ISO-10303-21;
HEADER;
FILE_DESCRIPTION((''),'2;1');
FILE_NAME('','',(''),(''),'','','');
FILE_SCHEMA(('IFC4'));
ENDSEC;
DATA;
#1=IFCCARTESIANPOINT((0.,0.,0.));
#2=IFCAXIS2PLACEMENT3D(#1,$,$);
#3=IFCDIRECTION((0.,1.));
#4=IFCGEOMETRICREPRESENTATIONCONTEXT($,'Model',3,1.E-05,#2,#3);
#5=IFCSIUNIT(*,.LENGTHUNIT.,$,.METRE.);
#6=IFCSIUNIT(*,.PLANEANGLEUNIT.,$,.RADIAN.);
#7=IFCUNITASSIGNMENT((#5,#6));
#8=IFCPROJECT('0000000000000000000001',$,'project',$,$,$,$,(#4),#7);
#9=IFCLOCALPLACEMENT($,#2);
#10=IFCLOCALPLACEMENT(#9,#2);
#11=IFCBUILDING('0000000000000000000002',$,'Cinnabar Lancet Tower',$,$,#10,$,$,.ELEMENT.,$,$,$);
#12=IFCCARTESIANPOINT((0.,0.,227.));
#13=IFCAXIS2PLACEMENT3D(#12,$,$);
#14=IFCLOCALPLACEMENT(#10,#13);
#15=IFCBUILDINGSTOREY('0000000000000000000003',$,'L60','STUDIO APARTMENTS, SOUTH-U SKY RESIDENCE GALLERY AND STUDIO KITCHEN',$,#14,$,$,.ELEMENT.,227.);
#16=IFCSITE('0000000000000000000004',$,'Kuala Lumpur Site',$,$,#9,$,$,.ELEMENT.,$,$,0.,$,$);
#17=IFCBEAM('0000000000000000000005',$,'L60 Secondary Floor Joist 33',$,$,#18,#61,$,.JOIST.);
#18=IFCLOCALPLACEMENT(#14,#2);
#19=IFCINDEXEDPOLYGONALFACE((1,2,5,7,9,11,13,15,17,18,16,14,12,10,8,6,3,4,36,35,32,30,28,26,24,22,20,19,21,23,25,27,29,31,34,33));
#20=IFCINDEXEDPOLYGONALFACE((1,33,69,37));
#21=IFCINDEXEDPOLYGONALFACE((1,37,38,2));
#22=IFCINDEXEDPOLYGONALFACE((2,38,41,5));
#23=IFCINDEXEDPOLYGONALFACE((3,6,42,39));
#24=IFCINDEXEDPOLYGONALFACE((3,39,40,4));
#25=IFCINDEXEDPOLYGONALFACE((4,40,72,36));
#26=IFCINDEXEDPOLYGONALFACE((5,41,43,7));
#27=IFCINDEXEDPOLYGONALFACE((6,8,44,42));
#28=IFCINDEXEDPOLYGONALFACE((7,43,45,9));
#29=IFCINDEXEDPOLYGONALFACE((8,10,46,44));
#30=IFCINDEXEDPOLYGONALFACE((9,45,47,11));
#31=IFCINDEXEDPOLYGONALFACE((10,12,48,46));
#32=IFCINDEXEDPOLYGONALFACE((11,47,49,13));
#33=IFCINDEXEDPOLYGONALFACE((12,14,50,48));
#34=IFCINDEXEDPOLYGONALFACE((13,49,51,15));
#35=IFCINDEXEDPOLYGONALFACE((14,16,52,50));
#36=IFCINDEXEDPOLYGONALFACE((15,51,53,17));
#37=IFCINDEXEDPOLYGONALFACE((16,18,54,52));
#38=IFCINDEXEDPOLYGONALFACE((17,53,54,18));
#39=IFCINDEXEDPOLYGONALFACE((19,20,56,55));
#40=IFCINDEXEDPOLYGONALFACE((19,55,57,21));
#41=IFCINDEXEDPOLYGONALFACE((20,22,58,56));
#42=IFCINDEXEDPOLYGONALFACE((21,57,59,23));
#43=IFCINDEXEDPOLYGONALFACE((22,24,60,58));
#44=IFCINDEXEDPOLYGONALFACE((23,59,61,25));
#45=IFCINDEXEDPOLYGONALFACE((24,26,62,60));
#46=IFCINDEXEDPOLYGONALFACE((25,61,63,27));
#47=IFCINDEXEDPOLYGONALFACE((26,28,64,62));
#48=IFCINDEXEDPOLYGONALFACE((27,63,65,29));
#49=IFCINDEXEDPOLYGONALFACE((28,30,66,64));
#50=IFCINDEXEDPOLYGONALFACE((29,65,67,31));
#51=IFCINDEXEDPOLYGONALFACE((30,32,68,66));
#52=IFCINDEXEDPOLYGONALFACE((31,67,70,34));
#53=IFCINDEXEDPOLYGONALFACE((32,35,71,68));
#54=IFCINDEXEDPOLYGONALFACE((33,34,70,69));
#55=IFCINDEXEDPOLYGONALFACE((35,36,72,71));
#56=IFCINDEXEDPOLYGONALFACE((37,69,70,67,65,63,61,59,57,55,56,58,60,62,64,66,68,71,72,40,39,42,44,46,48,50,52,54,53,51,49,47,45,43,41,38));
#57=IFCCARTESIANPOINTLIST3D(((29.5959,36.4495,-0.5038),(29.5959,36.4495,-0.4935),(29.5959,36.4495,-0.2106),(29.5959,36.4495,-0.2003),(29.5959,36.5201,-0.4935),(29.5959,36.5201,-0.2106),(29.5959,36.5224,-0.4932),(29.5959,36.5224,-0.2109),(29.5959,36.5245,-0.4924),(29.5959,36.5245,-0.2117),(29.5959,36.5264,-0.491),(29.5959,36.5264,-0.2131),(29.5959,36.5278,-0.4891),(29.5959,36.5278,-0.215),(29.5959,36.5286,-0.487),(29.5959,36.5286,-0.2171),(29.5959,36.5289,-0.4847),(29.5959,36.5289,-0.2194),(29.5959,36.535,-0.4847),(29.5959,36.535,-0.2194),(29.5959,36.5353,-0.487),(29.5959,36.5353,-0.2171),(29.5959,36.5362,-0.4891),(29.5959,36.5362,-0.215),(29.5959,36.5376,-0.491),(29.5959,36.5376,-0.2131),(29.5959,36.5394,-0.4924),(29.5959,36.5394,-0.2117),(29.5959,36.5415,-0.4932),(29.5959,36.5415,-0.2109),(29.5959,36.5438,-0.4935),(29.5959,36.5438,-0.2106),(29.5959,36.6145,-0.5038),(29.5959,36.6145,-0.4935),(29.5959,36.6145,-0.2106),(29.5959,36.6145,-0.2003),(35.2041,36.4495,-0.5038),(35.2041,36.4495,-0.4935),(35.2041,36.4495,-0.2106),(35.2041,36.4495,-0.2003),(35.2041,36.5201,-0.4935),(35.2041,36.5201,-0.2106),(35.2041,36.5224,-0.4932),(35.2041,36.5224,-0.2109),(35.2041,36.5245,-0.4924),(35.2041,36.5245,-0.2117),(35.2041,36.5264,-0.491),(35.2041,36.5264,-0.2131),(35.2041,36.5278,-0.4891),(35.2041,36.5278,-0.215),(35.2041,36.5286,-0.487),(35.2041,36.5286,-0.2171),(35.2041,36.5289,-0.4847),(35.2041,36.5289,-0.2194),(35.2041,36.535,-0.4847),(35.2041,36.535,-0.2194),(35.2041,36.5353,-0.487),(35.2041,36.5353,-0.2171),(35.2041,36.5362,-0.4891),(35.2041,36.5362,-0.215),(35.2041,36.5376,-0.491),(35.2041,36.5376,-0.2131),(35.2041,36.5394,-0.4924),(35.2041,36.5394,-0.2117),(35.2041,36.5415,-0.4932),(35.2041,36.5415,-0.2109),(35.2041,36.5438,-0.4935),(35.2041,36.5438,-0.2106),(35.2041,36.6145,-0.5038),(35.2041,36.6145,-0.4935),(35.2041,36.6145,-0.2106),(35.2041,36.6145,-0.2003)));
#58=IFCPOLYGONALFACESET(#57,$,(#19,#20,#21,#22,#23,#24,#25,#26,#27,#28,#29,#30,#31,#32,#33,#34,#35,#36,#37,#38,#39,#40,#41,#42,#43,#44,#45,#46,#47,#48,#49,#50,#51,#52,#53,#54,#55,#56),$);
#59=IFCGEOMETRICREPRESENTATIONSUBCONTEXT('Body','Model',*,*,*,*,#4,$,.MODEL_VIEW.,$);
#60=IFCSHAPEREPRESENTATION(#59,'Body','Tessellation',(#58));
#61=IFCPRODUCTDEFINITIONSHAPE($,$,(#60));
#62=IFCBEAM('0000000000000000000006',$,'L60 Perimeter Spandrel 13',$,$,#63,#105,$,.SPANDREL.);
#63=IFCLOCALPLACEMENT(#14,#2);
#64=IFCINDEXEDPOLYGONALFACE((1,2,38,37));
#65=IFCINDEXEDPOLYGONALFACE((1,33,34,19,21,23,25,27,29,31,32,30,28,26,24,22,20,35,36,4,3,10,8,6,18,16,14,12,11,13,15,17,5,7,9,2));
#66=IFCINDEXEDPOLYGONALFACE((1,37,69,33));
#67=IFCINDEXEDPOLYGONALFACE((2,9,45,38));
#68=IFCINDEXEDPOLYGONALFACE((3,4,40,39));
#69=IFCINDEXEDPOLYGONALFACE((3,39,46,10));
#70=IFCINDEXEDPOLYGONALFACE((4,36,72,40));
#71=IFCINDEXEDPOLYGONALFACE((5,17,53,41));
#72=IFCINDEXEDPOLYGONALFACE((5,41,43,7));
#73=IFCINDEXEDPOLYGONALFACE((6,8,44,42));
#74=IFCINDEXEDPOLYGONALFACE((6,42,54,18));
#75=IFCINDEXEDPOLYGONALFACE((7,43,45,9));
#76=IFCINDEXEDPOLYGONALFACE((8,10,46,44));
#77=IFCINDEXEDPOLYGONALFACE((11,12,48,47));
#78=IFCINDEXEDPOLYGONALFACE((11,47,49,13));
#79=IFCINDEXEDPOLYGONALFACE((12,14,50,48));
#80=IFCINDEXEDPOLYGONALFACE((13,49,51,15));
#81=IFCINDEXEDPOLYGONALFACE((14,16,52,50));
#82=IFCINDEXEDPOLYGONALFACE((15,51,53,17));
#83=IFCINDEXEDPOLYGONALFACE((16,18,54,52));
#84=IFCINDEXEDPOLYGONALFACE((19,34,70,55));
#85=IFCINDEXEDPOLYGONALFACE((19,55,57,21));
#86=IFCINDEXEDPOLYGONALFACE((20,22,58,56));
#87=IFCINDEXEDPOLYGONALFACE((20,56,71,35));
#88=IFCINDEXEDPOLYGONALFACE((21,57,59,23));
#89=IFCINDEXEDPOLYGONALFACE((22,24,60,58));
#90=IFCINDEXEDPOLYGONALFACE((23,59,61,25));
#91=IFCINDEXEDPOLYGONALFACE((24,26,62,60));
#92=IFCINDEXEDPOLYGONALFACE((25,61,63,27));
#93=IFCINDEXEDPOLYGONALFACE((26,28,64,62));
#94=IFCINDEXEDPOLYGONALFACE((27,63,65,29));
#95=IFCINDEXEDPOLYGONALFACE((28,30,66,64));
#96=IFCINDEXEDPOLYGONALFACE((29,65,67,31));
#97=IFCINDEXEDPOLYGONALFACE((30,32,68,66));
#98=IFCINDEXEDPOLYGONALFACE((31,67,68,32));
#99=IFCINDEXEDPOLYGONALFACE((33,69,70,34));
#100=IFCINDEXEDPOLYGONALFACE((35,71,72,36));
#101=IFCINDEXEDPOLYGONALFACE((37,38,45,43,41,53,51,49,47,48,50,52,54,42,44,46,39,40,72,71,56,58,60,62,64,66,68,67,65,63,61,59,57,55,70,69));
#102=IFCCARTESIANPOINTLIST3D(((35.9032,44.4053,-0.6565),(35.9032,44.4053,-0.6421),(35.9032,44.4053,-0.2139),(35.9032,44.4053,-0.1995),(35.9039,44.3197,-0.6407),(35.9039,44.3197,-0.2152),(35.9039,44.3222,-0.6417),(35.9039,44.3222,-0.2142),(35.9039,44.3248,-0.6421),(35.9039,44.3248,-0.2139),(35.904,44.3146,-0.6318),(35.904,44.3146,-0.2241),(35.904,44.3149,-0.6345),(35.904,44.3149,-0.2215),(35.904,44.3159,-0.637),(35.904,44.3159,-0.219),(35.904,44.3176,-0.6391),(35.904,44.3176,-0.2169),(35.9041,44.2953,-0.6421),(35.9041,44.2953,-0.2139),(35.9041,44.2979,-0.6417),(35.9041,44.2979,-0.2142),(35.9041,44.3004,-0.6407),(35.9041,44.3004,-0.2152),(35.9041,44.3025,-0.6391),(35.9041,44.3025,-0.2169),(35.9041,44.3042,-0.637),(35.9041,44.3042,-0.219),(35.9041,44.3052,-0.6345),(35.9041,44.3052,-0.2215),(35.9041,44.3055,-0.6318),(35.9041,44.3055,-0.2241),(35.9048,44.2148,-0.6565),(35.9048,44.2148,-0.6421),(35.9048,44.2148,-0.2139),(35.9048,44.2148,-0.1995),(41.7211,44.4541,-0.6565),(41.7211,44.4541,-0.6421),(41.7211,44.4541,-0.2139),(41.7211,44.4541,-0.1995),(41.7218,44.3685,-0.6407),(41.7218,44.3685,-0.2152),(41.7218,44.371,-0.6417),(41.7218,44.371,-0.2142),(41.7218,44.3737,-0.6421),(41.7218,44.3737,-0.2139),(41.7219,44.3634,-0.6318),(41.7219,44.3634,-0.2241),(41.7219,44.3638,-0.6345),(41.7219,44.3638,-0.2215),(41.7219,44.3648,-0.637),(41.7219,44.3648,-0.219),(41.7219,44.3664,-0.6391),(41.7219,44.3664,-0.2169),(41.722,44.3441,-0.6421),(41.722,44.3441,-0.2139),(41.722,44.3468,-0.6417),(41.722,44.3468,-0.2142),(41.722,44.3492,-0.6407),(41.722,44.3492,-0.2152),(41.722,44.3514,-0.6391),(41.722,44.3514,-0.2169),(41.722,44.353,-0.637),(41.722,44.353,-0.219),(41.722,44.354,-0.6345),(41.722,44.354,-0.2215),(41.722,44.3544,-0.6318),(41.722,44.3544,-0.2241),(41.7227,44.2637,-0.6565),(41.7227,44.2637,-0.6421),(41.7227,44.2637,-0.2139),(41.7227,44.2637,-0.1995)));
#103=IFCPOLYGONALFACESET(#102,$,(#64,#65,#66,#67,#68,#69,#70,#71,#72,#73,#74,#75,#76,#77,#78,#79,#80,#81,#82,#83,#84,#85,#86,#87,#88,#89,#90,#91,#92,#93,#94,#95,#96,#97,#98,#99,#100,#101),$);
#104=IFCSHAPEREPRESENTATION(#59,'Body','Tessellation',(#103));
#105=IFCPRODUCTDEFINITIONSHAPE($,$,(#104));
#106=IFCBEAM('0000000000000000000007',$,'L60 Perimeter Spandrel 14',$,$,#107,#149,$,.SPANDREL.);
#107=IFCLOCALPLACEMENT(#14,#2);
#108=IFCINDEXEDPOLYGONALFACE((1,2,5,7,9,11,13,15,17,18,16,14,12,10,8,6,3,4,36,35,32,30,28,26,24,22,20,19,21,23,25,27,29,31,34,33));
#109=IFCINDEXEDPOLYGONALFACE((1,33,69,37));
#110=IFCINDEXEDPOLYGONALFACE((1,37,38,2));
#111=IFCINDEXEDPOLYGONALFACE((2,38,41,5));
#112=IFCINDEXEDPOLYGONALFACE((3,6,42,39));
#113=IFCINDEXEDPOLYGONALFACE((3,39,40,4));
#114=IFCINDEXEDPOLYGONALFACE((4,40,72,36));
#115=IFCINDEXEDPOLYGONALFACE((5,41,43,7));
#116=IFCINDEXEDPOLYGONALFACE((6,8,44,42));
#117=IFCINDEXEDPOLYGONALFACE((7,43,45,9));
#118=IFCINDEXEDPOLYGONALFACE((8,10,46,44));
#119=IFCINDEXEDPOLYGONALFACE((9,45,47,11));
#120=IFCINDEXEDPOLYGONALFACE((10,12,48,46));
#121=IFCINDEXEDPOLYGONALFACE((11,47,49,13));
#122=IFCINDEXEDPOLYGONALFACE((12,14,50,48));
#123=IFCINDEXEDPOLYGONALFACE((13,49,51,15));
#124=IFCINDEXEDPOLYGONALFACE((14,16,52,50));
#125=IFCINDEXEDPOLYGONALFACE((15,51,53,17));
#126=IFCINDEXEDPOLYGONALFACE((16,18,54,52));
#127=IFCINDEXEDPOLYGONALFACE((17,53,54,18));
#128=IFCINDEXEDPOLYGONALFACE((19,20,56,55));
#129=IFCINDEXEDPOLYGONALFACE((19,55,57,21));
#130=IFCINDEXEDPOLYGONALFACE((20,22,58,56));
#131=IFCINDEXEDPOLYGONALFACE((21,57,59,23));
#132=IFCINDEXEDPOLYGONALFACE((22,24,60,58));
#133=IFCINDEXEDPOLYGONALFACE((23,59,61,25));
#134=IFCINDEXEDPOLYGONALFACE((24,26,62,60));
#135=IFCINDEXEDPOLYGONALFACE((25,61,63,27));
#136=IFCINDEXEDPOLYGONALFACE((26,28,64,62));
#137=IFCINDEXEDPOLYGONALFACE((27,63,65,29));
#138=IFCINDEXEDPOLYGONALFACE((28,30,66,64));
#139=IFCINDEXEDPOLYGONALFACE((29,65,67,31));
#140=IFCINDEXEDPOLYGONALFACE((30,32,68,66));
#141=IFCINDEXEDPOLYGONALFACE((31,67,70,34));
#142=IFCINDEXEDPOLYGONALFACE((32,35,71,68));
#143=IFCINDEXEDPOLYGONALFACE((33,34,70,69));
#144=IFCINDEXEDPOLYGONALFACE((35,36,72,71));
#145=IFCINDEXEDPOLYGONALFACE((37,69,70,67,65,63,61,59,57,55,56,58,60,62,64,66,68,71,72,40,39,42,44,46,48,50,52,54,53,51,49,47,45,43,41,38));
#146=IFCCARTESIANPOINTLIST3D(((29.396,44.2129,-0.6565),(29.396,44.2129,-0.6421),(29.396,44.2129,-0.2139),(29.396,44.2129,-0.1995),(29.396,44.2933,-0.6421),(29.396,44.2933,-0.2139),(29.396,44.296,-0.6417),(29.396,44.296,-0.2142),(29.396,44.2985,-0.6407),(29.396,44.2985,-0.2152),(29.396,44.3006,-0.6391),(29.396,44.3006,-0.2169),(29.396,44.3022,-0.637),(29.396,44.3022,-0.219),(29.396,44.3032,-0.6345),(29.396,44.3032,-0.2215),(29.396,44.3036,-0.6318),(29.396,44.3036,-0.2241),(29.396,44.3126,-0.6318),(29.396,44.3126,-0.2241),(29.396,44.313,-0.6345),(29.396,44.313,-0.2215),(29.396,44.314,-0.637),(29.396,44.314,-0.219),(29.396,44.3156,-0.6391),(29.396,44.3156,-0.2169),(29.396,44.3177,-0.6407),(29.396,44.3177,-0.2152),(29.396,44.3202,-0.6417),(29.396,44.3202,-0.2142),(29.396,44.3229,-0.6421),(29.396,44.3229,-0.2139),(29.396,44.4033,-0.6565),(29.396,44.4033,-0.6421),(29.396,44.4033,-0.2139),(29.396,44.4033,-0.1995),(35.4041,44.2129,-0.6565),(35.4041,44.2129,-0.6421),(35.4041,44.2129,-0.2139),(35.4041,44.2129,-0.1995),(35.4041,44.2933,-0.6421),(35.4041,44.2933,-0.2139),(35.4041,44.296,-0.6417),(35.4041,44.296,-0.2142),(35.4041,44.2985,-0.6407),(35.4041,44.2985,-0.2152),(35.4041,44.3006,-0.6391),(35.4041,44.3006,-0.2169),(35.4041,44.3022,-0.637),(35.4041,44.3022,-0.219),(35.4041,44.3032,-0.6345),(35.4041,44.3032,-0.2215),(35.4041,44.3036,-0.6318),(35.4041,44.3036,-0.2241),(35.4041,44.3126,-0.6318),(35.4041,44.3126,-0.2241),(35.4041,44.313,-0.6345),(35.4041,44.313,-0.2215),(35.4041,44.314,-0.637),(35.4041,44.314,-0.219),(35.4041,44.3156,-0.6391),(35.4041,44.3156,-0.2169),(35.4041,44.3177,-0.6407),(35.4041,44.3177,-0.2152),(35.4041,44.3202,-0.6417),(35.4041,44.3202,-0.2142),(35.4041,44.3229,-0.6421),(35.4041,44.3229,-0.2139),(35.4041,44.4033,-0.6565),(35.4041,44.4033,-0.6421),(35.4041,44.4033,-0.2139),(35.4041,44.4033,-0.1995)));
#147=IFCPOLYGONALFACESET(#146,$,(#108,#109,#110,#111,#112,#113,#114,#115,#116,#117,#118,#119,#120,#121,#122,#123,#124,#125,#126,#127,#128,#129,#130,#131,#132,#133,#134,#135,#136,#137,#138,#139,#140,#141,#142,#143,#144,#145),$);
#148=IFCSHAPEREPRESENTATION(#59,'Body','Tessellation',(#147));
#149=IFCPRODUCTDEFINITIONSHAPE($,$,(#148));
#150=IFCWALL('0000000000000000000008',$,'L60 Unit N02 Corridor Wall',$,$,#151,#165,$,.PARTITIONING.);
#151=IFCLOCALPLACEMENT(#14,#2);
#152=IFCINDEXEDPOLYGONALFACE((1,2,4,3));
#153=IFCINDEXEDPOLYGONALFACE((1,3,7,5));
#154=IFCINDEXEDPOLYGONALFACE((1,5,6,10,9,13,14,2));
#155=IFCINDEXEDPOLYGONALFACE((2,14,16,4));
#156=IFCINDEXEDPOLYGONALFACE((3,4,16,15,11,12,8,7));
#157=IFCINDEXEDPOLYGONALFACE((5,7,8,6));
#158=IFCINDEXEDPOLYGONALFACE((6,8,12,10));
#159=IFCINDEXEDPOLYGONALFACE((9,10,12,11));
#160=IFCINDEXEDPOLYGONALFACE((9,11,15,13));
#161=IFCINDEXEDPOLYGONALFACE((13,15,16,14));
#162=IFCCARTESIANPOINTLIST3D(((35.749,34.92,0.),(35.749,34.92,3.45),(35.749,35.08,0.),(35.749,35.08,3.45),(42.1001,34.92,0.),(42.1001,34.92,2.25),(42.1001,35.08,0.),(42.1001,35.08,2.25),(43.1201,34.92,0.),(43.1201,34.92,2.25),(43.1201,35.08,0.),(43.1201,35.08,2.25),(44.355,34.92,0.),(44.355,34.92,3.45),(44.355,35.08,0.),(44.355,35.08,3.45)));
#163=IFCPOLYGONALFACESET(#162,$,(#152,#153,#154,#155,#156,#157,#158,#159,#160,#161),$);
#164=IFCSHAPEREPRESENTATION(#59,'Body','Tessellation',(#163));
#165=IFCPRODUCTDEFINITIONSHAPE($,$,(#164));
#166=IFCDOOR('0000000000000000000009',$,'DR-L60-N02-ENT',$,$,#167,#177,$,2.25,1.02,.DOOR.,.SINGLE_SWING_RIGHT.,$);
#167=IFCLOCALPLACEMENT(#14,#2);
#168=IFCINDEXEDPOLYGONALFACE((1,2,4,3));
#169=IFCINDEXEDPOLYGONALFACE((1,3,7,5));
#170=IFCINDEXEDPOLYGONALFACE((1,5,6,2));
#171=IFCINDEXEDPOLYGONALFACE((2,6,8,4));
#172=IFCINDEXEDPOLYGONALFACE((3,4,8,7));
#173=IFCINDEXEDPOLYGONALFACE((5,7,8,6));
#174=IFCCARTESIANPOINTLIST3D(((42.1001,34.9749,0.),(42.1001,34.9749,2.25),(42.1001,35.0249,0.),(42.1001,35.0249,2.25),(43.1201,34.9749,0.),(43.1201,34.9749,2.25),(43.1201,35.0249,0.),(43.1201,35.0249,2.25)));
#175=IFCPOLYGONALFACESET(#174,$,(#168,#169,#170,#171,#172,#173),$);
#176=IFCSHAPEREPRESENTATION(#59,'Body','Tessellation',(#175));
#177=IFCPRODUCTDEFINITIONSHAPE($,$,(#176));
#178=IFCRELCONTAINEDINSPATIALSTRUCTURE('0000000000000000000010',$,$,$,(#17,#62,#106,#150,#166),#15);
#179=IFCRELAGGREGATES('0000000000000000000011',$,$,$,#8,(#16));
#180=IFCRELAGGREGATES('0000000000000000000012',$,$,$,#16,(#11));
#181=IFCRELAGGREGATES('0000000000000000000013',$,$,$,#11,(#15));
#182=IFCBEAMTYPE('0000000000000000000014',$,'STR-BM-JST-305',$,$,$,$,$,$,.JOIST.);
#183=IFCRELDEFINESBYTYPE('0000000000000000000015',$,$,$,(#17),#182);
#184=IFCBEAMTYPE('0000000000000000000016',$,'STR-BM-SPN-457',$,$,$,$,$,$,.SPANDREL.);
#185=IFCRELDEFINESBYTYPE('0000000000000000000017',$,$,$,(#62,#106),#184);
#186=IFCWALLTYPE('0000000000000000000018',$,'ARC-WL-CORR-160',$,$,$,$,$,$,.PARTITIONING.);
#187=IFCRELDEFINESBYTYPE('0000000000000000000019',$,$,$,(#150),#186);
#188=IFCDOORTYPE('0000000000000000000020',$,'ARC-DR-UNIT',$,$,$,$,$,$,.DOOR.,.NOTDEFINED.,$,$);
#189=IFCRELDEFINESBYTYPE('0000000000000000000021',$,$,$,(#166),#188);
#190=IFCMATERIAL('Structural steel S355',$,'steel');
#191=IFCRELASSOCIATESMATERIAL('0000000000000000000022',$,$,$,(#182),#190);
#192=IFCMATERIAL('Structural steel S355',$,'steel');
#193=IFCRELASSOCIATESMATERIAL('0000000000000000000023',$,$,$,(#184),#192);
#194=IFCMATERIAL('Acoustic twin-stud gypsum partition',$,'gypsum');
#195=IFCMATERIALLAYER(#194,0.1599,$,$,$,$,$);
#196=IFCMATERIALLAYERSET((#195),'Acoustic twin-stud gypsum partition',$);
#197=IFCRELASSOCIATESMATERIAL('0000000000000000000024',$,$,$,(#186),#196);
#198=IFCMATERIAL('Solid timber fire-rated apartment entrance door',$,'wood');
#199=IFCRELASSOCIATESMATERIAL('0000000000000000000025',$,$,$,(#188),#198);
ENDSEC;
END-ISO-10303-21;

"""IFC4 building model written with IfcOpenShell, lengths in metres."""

from ifc_helpers import new_model, si_unit, direction, frame, frame_2d, origin, origin_2d, place, context, subcontext, project, spatial, rectangle, i_section, extrude, material, layer, layer_set, material_profile, profile_set, type_object, element, fill, save


model = new_model("IFC4")

# Units and contexts
model_context = context("Model", 3, precision=1e-05, world=origin(), true_north=direction((0.0, 1.0)))
body_context = subcontext(model_context, "Body", "Model", "MODEL_VIEW")
ifc_project = project(units=[si_unit("LENGTHUNIT", "METRE"), si_unit("PLANEANGLEUNIT", "RADIAN")], contexts=[model_context])

# Site, building, storey
site_placement = place(None, origin())
site = spatial("IfcSite", under=ifc_project, at=site_placement, Name="Kuala Lumpur Site", CompositionType="ELEMENT", RefElevation=0.0)
building_placement = place(site_placement, origin())
building = spatial("IfcBuilding", under=site, at=building_placement, Name="Cinnabar Lancet Tower", CompositionType="ELEMENT")
storey_placement = place(building_placement, frame((0.0, 0.0, 227.0)))
storey = spatial("IfcBuildingStorey", under=building, at=storey_placement, Name="L60", Description="STUDIO APARTMENTS, SOUTH-U SKY RESIDENCE GALLERY AND STUDIO KITCHEN", CompositionType="ELEMENT", Elevation=227.0)

# Beams
ifc_material_1 = material(Name="Structural steel S355", Category="steel")
ifc_material_profile_1 = material_profile(ifc_material_1, i_section(OverallWidth=0.165, OverallDepth=0.3035, WebThickness=0.0061, FlangeThickness=0.0103, FilletRadius=0.0088, at=origin_2d()), Name="UKB 305x165x40")
ifc_profile_set_1 = profile_set([ifc_material_profile_1], Name="Structural steel S355")
beam_type_1 = type_object("IfcBeamType", Name="STR-BM-JST-305", PredefinedType="JOIST", material=ifc_profile_set_1)
for number, where, z_axis, x_axis, name in (
    (1, (35.2041, 36.532, -0.3521), (-1.0, 0.0, 0.0), (0.0, -1.0, 0.0), "L60 Secondary Floor Joist 33"),
):
    element("IfcBeam", number, at=place(storey_placement, frame(where, z_axis=z_axis, x_axis=x_axis)), inside=storey, type_object=beam_type_1, Name=name, PredefinedType="JOIST", context=body_context, shape_type="SweptSolid", body=[
        extrude(i_section(OverallWidth=0.165, OverallDepth=0.3035, WebThickness=0.0061, FlangeThickness=0.0103, FilletRadius=0.0088, at=origin_2d()), origin(), (0.0, 0.0, 1.0), 5.6082),
    ])
ifc_material_2 = material(Name="Structural steel S355", Category="steel")
ifc_material_profile_2 = material_profile(ifc_material_2, i_section(OverallWidth=0.1904, OverallDepth=0.457, WebThickness=0.009, FlangeThickness=0.0144, FilletRadius=0.0103, at=origin_2d()), Name="UKB 457x191x74")
ifc_profile_set_2 = profile_set([ifc_material_profile_2], Name="Structural steel S355")
beam_type_2 = type_object("IfcBeamType", Name="STR-BM-SPN-457", PredefinedType="SPANDREL", material=ifc_profile_set_2)
beam_1_placement = place(storey_placement, frame((41.7219, 44.3589, -0.428), z_axis=(-0.999965, -0.008392, 0.0), x_axis=(0.008392, -0.999965, 0.0)))
element("IfcBeam", 2, at=beam_1_placement, inside=storey, type_object=beam_type_2, Name="L60 Perimeter Spandrel 13", PredefinedType="SPANDREL", context=body_context, shape_type="SweptSolid", body=[
    extrude(i_section(OverallWidth=0.1904, OverallDepth=0.457, WebThickness=0.009, FlangeThickness=0.0144, FilletRadius=0.0103, at=origin_2d()), origin(), (0.0, 0.0, 1.0), 5.8181),
])
beam_2_placement = place(storey_placement, frame((35.4041, 44.3081, -0.428), z_axis=(-1.0, 0.0, 0.0), x_axis=(0.0, -1.0, 0.0)))
element("IfcBeam", 3, at=beam_2_placement, inside=storey, type_object=beam_type_2, Name="L60 Perimeter Spandrel 14", PredefinedType="SPANDREL", context=body_context, shape_type="SweptSolid", body=[
    extrude(i_section(OverallWidth=0.1904, OverallDepth=0.457, WebThickness=0.009, FlangeThickness=0.0144, FilletRadius=0.0103, at=origin_2d()), origin(), (0.0, 0.0, 1.0), 6.0081),
])

# Wall, opening, door
ifc_material_3 = material(Name="Acoustic twin-stud gypsum partition", Category="gypsum")
ifc_layer_1 = layer(ifc_material_3, 0.1599)
ifc_layer_set_1 = layer_set([ifc_layer_1], Name="Acoustic twin-stud gypsum partition")
wall_type_1 = type_object("IfcWallType", Name="ARC-WL-CORR-160", PredefinedType="PARTITIONING", material=ifc_layer_set_1)
wall_1_placement = place(storey_placement, frame((35.749, 35.0, 0.0), z_axis=(0.0, 0.0, 1.0), x_axis=(1.0, 0.0, 0.0)))
wall_1 = element("IfcWall", 4, at=wall_1_placement, inside=storey, type_object=wall_type_1, Name="L60 Unit N02 Corridor Wall", PredefinedType="PARTITIONING", context=body_context, shape_type="SweptSolid", body=[
    extrude(rectangle(XDim=8.606, YDim=0.1599, at=frame_2d((4.303, 0.0))), origin(), (0.0, 0.0, 1.0), 3.45),
])
opening_1_placement = place(wall_1_placement, frame((6.3511, 0.0, 0.0)))
opening_1 = element("IfcOpeningElement", 5, at=opening_1_placement, cuts=wall_1, PredefinedType="OPENING", context=body_context, shape_type="SweptSolid", body=[
    extrude(rectangle(XDim=1.02, YDim=2.25, at=frame_2d((0.51, 1.125))), frame((0.0, 0.0898, 0.0), z_axis=(0.0, -1.0, 0.0), x_axis=(1.0, 0.0, 0.0)), (0.0, 0.0, 1.0), 0.1799),
])
ifc_material_4 = material(Name="Solid timber fire-rated apartment entrance door", Category="wood")
door_type_1 = type_object("IfcDoorType", Name="ARC-DR-UNIT", OperationType="NOTDEFINED", PredefinedType="DOOR", material=ifc_material_4)
door_1_placement = place(opening_1_placement, origin())
door_1 = element("IfcDoor", 6, at=door_1_placement, inside=storey, type_object=door_type_1, Name="DR-L60-N02-ENT", OperationType="SINGLE_SWING_RIGHT", OverallHeight=2.25, OverallWidth=1.02, PredefinedType="DOOR", context=body_context, shape_type="SweptSolid", body=[
    extrude(rectangle(XDim=1.02, YDim=2.25, at=frame_2d((0.51, 1.125))), frame((0.0, 0.0249, 0.0), z_axis=(0.0, -1.0, 0.0), x_axis=(1.0, 0.0, 0.0)), (0.0, 0.0, 1.0), 0.05),
])
fill(opening_1, door_1)

save(model, "model.ifc")
